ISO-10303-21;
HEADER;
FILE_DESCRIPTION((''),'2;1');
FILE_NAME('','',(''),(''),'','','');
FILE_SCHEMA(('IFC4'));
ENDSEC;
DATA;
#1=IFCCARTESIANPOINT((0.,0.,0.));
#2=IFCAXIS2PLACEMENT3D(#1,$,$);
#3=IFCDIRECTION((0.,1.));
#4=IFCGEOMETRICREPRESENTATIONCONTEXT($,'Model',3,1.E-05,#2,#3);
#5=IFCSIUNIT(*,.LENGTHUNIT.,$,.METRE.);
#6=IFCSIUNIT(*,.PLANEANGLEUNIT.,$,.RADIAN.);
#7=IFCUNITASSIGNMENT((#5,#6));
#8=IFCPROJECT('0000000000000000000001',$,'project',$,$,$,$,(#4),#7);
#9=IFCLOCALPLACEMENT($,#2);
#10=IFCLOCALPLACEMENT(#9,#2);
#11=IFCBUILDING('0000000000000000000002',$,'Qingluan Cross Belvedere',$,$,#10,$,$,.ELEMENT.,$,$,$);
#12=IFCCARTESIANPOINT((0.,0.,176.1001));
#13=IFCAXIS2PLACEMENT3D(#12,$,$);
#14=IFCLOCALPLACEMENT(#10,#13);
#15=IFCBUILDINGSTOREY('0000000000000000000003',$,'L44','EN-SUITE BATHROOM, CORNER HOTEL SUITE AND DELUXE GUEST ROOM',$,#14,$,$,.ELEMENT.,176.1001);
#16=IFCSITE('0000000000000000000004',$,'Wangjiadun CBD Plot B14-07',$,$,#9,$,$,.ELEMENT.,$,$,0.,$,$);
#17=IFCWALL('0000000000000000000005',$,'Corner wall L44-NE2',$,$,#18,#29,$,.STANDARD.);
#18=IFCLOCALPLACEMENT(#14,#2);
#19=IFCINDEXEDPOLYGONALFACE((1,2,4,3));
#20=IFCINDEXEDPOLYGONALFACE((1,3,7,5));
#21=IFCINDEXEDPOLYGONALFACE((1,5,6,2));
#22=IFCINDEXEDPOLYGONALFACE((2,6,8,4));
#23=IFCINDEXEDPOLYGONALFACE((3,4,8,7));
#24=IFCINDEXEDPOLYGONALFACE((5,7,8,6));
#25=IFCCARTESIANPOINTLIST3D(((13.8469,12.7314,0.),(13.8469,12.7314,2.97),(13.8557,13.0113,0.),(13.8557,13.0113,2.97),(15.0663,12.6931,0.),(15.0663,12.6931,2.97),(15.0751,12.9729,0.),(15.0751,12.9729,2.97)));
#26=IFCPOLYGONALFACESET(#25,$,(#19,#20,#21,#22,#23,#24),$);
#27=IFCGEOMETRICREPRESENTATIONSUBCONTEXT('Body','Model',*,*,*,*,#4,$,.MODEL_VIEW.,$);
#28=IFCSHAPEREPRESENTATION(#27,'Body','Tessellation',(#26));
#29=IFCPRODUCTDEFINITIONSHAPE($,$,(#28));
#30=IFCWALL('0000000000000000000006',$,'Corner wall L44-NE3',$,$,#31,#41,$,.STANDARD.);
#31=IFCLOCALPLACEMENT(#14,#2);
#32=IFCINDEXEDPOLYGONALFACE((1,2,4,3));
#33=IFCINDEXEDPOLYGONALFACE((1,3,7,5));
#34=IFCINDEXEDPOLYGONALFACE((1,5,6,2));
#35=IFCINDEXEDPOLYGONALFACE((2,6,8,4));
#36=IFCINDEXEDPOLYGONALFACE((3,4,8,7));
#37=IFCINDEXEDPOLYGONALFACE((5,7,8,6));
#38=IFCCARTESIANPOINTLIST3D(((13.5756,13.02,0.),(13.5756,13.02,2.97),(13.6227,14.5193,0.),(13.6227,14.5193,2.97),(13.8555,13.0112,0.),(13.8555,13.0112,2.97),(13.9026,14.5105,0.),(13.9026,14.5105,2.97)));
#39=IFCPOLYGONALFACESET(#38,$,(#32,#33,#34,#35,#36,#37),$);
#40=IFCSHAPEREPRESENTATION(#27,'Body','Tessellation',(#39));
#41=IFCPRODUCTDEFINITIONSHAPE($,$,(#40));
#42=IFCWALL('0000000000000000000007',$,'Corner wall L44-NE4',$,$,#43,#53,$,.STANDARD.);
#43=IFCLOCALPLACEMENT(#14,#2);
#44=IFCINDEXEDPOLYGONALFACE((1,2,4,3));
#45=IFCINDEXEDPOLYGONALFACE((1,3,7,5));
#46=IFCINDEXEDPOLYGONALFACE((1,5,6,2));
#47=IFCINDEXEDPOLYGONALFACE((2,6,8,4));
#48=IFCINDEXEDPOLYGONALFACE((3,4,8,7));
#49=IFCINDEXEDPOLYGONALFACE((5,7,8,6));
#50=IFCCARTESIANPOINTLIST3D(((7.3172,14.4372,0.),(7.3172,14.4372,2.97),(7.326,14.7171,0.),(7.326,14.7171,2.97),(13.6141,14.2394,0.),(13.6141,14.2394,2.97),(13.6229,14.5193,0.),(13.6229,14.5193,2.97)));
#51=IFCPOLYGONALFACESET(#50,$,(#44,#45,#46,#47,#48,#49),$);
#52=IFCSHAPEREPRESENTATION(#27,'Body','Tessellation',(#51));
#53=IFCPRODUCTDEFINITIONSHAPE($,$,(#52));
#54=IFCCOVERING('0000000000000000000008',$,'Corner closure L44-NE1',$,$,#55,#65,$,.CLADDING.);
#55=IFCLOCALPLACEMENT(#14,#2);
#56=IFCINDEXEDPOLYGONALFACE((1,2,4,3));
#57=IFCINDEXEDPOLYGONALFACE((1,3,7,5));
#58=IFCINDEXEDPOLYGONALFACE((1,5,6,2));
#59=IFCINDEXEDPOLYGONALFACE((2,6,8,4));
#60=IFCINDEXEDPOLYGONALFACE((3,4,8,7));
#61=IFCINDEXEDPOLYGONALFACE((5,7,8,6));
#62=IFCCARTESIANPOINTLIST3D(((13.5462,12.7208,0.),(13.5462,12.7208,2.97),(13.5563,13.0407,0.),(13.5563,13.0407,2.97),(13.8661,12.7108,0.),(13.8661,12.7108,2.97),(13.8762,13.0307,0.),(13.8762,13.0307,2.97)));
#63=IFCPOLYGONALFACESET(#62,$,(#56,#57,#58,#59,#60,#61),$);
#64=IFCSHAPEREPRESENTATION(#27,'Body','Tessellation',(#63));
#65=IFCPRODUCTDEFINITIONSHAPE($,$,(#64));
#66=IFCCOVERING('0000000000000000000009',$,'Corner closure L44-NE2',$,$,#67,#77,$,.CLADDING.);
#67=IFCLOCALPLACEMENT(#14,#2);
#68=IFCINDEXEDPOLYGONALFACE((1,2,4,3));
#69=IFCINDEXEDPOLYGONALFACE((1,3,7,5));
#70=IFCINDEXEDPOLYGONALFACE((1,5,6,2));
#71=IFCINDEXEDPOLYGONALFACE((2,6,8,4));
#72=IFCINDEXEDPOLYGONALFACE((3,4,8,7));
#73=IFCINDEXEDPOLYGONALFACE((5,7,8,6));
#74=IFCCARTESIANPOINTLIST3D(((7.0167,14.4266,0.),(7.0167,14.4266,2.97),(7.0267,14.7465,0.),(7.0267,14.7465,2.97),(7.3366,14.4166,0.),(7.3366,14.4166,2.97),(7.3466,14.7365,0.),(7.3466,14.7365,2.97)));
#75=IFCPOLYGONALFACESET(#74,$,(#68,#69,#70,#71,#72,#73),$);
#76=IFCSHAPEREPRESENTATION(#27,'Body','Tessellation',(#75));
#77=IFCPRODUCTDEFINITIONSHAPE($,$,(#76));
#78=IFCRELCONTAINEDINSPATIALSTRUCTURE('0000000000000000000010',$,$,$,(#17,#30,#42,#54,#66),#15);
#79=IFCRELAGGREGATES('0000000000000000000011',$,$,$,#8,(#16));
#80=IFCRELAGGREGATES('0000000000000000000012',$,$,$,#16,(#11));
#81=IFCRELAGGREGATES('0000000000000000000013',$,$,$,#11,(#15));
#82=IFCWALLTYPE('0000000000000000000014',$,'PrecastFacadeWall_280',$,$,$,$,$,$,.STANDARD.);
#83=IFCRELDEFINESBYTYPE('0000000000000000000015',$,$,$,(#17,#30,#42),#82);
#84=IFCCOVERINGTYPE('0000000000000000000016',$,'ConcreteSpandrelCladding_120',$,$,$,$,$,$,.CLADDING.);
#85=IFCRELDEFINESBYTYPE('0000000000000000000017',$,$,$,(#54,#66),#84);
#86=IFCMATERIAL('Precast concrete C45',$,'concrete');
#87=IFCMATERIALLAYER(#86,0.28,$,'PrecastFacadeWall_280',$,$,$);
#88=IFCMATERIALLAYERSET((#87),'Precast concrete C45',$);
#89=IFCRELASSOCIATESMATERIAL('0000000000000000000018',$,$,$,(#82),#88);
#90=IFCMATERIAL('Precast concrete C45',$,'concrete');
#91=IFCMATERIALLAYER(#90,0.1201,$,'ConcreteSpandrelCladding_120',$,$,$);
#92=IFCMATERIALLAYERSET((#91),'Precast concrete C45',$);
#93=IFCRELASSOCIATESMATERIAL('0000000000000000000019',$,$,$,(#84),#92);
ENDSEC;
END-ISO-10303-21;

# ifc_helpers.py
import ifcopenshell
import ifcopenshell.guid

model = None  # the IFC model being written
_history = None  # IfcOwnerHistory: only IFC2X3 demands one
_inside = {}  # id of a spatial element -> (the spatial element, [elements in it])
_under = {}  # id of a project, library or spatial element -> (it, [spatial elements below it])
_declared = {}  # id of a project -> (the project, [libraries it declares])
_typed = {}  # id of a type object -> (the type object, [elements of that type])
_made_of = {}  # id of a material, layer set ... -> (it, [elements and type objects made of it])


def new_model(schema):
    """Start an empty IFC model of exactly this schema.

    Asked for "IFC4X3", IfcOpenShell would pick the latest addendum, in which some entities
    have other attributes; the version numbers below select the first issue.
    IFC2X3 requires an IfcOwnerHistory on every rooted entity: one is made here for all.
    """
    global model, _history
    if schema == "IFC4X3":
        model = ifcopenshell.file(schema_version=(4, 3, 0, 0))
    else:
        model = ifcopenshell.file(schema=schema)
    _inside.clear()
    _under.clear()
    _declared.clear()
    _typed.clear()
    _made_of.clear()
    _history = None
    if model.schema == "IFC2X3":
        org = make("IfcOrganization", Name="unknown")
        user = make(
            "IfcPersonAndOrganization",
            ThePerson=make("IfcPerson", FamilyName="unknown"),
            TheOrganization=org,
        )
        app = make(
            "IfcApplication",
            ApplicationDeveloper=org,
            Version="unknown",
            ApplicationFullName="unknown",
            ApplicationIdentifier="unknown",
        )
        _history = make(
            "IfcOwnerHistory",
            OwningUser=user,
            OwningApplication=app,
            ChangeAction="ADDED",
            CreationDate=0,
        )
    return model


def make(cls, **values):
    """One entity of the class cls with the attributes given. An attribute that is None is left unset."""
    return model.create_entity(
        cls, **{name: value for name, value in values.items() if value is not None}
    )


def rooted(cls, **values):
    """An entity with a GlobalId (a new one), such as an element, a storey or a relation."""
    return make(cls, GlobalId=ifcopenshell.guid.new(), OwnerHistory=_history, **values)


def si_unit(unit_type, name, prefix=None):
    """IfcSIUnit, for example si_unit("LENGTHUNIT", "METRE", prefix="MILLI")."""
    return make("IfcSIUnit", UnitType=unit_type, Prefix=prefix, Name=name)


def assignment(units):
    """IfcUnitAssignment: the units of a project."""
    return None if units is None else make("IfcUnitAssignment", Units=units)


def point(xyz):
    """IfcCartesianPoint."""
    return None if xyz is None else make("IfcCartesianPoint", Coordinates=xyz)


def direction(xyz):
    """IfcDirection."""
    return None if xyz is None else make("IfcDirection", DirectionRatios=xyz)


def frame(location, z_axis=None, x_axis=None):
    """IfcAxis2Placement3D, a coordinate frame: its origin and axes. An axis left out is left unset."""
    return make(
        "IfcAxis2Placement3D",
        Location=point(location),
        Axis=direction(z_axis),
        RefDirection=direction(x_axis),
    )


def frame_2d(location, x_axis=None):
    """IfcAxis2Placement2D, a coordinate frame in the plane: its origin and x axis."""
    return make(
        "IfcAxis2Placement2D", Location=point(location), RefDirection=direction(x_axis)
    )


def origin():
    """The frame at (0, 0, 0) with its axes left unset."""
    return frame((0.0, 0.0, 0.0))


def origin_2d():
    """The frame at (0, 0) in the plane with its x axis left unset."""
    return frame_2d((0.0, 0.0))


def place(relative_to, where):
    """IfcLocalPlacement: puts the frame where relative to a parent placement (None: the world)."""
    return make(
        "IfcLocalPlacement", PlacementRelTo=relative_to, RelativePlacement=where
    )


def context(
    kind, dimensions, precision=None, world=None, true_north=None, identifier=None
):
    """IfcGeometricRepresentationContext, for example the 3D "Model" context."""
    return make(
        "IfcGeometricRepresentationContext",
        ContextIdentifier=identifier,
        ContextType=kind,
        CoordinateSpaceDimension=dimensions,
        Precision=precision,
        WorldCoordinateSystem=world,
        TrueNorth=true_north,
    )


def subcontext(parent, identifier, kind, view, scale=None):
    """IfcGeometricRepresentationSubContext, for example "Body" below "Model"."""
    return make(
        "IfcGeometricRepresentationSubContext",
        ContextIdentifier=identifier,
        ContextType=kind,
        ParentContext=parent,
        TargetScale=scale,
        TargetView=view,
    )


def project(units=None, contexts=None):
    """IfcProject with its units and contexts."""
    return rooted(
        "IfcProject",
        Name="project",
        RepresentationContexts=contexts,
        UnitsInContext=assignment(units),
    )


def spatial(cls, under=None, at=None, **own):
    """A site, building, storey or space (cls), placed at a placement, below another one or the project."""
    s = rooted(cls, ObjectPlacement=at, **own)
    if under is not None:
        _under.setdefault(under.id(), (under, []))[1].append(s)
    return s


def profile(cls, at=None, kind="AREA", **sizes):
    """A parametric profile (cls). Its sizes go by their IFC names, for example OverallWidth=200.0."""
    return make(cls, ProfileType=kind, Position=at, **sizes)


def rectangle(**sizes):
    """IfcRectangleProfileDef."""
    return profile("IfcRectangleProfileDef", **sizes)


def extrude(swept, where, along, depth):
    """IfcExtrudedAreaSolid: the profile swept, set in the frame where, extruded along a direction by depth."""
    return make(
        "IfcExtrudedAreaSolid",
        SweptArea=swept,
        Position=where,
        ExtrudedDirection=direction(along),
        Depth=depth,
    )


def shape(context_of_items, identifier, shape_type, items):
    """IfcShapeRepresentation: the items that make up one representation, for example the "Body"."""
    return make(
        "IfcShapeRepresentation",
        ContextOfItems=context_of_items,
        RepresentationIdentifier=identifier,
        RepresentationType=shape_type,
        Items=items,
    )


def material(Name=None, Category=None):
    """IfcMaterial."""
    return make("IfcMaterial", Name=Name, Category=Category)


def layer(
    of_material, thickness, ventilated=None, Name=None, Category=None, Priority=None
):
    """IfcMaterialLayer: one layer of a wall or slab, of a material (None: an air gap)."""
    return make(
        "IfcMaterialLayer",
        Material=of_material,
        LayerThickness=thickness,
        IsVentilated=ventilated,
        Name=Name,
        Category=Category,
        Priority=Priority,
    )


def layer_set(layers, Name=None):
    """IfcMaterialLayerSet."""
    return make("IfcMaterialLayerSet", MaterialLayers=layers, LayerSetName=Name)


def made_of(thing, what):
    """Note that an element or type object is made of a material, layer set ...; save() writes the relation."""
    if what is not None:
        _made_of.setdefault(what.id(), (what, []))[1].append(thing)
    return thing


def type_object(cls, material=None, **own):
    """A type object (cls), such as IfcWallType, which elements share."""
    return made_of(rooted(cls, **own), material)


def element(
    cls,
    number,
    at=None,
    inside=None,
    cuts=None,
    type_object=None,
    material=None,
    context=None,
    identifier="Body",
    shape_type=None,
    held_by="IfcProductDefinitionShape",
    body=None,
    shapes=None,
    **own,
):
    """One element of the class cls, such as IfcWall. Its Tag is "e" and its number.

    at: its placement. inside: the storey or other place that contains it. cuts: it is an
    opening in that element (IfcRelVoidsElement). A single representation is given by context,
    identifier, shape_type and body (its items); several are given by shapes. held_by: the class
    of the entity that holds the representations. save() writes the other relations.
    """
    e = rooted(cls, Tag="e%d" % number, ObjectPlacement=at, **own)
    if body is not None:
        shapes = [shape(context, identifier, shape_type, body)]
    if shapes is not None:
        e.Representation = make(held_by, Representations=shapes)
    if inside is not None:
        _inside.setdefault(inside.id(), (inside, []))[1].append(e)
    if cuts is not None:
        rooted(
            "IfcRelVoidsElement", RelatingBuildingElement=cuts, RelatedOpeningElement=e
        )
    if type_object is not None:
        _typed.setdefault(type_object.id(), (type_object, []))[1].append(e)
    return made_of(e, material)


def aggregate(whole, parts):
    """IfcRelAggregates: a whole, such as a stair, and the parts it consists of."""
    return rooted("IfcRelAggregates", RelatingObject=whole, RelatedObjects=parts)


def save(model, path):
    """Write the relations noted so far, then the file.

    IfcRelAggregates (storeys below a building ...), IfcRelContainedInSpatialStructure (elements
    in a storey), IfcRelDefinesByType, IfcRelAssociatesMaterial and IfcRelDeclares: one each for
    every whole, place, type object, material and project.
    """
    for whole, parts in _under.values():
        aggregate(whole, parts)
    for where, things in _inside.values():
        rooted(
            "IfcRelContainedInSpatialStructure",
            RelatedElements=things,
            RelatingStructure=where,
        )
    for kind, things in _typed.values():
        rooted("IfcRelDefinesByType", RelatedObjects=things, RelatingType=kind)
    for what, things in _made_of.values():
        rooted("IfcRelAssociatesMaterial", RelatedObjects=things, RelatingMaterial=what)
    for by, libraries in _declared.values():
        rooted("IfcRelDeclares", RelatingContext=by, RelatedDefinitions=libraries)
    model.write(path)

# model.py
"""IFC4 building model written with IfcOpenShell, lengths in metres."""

from ifc_helpers import new_model, si_unit, direction, frame, frame_2d, origin, origin_2d, place, context, subcontext, project, spatial, rectangle, extrude, material, layer, layer_set, type_object, element, save


model = new_model("IFC4")

# Units and contexts
model_context = context("Model", 3, precision=1e-05, world=origin(), true_north=direction((0.0, 1.0)))
body_context = subcontext(model_context, "Body", "Model", "MODEL_VIEW")
ifc_project = project(units=[si_unit("LENGTHUNIT", "METRE"), si_unit("PLANEANGLEUNIT", "RADIAN")], contexts=[model_context])

# Site, building, storey
site_placement = place(None, origin())
site = spatial("IfcSite", under=ifc_project, at=site_placement, Name="Wangjiadun CBD Plot B14-07", CompositionType="ELEMENT", RefElevation=0.0)
building_placement = place(site_placement, origin())
building = spatial("IfcBuilding", under=site, at=building_placement, Name="Qingluan Cross Belvedere", CompositionType="ELEMENT")
storey_placement = place(building_placement, frame((0.0, 0.0, 176.1001)))
storey = spatial("IfcBuildingStorey", under=building, at=storey_placement, Name="L44", Description="EN-SUITE BATHROOM, CORNER HOTEL SUITE AND DELUXE GUEST ROOM", CompositionType="ELEMENT", Elevation=176.1001)

# Shared definitions
ifc_material_1 = material(Name="Precast concrete C45", Category="concrete")
ifc_layer_1 = layer(ifc_material_1, 0.28, Name="PrecastFacadeWall_280")
ifc_layer_set_1 = layer_set([ifc_layer_1], Name="Precast concrete C45")
wall_type_1 = type_object("IfcWallType", Name="PrecastFacadeWall_280", PredefinedType="STANDARD", material=ifc_layer_set_1)

# Walls
wall_1_placement = place(storey_placement, frame((15.0706, 12.833, 0.0), z_axis=(0.0, 0.0, 1.0), x_axis=(-0.999506, 0.031416, 0.0)))
element("IfcWall", 1, at=wall_1_placement, inside=storey, type_object=wall_type_1, Name="Corner wall L44-NE2", PredefinedType="STANDARD", context=body_context, shape_type="SweptSolid", body=[
    extrude(rectangle(XDim=1.22, YDim=0.28, at=frame_2d((0.6099, 0.0))), origin(), (0.0, 0.0, 1.0), 2.97),
])
wall_2_placement = place(storey_placement, frame((13.7156, 13.0156, 0.0), z_axis=(0.0, 0.0, 1.0), x_axis=(0.031413, 0.999507, 0.0)))
element("IfcWall", 2, at=wall_2_placement, inside=storey, type_object=wall_type_1, Name="Corner wall L44-NE3", PredefinedType="STANDARD", context=body_context, shape_type="SweptSolid", body=[
    extrude(rectangle(XDim=1.5, YDim=0.28, at=frame_2d((0.75, 0.0))), origin(), (0.0, 0.0, 1.0), 2.97),
])
wall_3_placement = place(storey_placement, frame((13.6184, 14.3794, 0.0), z_axis=(0.0, 0.0, 1.0), x_axis=(-0.999507, 0.03139, 0.0)))
element("IfcWall", 3, at=wall_3_placement, inside=storey, type_object=wall_type_1, Name="Corner wall L44-NE4", PredefinedType="STANDARD", context=body_context, shape_type="SweptSolid", body=[
    extrude(rectangle(XDim=6.3, YDim=0.28, at=frame_2d((3.1499, 0.0))), origin(), (0.0, 0.0, 1.0), 2.97),
])

# Coverings
ifc_material_2 = material(Name="Precast concrete C45", Category="concrete")
ifc_layer_2 = layer(ifc_material_2, 0.1201, Name="ConcreteSpandrelCladding_120")
ifc_layer_set_2 = layer_set([ifc_layer_2], Name="Precast concrete C45")
covering_type = type_object("IfcCoveringType", Name="ConcreteSpandrelCladding_120", PredefinedType="CLADDING", material=ifc_layer_set_2)
for number, where, z_axis, x_axis, name in (
    (4, (13.7112, 12.8757, 0.0), (0.0, 0.0, 1.0), (0.999507, -0.031411, 0.0), "Corner closure L44-NE1"),
    (5, (7.1816, 14.5815, 0.0), (0.0, 0.0, 1.0), (0.999507, -0.031411, 0.0), "Corner closure L44-NE2"),
):
    element("IfcCovering", number, at=place(storey_placement, frame(where, z_axis=z_axis, x_axis=x_axis)), inside=storey, type_object=covering_type, Name=name, PredefinedType="CLADDING", context=body_context, shape_type="SweptSolid", body=[
        extrude(rectangle(XDim=0.3201, YDim=0.3201, at=origin_2d()), origin(), (0.0, 0.0, 1.0), 2.97),
    ])

save(model, "model.ifc")
